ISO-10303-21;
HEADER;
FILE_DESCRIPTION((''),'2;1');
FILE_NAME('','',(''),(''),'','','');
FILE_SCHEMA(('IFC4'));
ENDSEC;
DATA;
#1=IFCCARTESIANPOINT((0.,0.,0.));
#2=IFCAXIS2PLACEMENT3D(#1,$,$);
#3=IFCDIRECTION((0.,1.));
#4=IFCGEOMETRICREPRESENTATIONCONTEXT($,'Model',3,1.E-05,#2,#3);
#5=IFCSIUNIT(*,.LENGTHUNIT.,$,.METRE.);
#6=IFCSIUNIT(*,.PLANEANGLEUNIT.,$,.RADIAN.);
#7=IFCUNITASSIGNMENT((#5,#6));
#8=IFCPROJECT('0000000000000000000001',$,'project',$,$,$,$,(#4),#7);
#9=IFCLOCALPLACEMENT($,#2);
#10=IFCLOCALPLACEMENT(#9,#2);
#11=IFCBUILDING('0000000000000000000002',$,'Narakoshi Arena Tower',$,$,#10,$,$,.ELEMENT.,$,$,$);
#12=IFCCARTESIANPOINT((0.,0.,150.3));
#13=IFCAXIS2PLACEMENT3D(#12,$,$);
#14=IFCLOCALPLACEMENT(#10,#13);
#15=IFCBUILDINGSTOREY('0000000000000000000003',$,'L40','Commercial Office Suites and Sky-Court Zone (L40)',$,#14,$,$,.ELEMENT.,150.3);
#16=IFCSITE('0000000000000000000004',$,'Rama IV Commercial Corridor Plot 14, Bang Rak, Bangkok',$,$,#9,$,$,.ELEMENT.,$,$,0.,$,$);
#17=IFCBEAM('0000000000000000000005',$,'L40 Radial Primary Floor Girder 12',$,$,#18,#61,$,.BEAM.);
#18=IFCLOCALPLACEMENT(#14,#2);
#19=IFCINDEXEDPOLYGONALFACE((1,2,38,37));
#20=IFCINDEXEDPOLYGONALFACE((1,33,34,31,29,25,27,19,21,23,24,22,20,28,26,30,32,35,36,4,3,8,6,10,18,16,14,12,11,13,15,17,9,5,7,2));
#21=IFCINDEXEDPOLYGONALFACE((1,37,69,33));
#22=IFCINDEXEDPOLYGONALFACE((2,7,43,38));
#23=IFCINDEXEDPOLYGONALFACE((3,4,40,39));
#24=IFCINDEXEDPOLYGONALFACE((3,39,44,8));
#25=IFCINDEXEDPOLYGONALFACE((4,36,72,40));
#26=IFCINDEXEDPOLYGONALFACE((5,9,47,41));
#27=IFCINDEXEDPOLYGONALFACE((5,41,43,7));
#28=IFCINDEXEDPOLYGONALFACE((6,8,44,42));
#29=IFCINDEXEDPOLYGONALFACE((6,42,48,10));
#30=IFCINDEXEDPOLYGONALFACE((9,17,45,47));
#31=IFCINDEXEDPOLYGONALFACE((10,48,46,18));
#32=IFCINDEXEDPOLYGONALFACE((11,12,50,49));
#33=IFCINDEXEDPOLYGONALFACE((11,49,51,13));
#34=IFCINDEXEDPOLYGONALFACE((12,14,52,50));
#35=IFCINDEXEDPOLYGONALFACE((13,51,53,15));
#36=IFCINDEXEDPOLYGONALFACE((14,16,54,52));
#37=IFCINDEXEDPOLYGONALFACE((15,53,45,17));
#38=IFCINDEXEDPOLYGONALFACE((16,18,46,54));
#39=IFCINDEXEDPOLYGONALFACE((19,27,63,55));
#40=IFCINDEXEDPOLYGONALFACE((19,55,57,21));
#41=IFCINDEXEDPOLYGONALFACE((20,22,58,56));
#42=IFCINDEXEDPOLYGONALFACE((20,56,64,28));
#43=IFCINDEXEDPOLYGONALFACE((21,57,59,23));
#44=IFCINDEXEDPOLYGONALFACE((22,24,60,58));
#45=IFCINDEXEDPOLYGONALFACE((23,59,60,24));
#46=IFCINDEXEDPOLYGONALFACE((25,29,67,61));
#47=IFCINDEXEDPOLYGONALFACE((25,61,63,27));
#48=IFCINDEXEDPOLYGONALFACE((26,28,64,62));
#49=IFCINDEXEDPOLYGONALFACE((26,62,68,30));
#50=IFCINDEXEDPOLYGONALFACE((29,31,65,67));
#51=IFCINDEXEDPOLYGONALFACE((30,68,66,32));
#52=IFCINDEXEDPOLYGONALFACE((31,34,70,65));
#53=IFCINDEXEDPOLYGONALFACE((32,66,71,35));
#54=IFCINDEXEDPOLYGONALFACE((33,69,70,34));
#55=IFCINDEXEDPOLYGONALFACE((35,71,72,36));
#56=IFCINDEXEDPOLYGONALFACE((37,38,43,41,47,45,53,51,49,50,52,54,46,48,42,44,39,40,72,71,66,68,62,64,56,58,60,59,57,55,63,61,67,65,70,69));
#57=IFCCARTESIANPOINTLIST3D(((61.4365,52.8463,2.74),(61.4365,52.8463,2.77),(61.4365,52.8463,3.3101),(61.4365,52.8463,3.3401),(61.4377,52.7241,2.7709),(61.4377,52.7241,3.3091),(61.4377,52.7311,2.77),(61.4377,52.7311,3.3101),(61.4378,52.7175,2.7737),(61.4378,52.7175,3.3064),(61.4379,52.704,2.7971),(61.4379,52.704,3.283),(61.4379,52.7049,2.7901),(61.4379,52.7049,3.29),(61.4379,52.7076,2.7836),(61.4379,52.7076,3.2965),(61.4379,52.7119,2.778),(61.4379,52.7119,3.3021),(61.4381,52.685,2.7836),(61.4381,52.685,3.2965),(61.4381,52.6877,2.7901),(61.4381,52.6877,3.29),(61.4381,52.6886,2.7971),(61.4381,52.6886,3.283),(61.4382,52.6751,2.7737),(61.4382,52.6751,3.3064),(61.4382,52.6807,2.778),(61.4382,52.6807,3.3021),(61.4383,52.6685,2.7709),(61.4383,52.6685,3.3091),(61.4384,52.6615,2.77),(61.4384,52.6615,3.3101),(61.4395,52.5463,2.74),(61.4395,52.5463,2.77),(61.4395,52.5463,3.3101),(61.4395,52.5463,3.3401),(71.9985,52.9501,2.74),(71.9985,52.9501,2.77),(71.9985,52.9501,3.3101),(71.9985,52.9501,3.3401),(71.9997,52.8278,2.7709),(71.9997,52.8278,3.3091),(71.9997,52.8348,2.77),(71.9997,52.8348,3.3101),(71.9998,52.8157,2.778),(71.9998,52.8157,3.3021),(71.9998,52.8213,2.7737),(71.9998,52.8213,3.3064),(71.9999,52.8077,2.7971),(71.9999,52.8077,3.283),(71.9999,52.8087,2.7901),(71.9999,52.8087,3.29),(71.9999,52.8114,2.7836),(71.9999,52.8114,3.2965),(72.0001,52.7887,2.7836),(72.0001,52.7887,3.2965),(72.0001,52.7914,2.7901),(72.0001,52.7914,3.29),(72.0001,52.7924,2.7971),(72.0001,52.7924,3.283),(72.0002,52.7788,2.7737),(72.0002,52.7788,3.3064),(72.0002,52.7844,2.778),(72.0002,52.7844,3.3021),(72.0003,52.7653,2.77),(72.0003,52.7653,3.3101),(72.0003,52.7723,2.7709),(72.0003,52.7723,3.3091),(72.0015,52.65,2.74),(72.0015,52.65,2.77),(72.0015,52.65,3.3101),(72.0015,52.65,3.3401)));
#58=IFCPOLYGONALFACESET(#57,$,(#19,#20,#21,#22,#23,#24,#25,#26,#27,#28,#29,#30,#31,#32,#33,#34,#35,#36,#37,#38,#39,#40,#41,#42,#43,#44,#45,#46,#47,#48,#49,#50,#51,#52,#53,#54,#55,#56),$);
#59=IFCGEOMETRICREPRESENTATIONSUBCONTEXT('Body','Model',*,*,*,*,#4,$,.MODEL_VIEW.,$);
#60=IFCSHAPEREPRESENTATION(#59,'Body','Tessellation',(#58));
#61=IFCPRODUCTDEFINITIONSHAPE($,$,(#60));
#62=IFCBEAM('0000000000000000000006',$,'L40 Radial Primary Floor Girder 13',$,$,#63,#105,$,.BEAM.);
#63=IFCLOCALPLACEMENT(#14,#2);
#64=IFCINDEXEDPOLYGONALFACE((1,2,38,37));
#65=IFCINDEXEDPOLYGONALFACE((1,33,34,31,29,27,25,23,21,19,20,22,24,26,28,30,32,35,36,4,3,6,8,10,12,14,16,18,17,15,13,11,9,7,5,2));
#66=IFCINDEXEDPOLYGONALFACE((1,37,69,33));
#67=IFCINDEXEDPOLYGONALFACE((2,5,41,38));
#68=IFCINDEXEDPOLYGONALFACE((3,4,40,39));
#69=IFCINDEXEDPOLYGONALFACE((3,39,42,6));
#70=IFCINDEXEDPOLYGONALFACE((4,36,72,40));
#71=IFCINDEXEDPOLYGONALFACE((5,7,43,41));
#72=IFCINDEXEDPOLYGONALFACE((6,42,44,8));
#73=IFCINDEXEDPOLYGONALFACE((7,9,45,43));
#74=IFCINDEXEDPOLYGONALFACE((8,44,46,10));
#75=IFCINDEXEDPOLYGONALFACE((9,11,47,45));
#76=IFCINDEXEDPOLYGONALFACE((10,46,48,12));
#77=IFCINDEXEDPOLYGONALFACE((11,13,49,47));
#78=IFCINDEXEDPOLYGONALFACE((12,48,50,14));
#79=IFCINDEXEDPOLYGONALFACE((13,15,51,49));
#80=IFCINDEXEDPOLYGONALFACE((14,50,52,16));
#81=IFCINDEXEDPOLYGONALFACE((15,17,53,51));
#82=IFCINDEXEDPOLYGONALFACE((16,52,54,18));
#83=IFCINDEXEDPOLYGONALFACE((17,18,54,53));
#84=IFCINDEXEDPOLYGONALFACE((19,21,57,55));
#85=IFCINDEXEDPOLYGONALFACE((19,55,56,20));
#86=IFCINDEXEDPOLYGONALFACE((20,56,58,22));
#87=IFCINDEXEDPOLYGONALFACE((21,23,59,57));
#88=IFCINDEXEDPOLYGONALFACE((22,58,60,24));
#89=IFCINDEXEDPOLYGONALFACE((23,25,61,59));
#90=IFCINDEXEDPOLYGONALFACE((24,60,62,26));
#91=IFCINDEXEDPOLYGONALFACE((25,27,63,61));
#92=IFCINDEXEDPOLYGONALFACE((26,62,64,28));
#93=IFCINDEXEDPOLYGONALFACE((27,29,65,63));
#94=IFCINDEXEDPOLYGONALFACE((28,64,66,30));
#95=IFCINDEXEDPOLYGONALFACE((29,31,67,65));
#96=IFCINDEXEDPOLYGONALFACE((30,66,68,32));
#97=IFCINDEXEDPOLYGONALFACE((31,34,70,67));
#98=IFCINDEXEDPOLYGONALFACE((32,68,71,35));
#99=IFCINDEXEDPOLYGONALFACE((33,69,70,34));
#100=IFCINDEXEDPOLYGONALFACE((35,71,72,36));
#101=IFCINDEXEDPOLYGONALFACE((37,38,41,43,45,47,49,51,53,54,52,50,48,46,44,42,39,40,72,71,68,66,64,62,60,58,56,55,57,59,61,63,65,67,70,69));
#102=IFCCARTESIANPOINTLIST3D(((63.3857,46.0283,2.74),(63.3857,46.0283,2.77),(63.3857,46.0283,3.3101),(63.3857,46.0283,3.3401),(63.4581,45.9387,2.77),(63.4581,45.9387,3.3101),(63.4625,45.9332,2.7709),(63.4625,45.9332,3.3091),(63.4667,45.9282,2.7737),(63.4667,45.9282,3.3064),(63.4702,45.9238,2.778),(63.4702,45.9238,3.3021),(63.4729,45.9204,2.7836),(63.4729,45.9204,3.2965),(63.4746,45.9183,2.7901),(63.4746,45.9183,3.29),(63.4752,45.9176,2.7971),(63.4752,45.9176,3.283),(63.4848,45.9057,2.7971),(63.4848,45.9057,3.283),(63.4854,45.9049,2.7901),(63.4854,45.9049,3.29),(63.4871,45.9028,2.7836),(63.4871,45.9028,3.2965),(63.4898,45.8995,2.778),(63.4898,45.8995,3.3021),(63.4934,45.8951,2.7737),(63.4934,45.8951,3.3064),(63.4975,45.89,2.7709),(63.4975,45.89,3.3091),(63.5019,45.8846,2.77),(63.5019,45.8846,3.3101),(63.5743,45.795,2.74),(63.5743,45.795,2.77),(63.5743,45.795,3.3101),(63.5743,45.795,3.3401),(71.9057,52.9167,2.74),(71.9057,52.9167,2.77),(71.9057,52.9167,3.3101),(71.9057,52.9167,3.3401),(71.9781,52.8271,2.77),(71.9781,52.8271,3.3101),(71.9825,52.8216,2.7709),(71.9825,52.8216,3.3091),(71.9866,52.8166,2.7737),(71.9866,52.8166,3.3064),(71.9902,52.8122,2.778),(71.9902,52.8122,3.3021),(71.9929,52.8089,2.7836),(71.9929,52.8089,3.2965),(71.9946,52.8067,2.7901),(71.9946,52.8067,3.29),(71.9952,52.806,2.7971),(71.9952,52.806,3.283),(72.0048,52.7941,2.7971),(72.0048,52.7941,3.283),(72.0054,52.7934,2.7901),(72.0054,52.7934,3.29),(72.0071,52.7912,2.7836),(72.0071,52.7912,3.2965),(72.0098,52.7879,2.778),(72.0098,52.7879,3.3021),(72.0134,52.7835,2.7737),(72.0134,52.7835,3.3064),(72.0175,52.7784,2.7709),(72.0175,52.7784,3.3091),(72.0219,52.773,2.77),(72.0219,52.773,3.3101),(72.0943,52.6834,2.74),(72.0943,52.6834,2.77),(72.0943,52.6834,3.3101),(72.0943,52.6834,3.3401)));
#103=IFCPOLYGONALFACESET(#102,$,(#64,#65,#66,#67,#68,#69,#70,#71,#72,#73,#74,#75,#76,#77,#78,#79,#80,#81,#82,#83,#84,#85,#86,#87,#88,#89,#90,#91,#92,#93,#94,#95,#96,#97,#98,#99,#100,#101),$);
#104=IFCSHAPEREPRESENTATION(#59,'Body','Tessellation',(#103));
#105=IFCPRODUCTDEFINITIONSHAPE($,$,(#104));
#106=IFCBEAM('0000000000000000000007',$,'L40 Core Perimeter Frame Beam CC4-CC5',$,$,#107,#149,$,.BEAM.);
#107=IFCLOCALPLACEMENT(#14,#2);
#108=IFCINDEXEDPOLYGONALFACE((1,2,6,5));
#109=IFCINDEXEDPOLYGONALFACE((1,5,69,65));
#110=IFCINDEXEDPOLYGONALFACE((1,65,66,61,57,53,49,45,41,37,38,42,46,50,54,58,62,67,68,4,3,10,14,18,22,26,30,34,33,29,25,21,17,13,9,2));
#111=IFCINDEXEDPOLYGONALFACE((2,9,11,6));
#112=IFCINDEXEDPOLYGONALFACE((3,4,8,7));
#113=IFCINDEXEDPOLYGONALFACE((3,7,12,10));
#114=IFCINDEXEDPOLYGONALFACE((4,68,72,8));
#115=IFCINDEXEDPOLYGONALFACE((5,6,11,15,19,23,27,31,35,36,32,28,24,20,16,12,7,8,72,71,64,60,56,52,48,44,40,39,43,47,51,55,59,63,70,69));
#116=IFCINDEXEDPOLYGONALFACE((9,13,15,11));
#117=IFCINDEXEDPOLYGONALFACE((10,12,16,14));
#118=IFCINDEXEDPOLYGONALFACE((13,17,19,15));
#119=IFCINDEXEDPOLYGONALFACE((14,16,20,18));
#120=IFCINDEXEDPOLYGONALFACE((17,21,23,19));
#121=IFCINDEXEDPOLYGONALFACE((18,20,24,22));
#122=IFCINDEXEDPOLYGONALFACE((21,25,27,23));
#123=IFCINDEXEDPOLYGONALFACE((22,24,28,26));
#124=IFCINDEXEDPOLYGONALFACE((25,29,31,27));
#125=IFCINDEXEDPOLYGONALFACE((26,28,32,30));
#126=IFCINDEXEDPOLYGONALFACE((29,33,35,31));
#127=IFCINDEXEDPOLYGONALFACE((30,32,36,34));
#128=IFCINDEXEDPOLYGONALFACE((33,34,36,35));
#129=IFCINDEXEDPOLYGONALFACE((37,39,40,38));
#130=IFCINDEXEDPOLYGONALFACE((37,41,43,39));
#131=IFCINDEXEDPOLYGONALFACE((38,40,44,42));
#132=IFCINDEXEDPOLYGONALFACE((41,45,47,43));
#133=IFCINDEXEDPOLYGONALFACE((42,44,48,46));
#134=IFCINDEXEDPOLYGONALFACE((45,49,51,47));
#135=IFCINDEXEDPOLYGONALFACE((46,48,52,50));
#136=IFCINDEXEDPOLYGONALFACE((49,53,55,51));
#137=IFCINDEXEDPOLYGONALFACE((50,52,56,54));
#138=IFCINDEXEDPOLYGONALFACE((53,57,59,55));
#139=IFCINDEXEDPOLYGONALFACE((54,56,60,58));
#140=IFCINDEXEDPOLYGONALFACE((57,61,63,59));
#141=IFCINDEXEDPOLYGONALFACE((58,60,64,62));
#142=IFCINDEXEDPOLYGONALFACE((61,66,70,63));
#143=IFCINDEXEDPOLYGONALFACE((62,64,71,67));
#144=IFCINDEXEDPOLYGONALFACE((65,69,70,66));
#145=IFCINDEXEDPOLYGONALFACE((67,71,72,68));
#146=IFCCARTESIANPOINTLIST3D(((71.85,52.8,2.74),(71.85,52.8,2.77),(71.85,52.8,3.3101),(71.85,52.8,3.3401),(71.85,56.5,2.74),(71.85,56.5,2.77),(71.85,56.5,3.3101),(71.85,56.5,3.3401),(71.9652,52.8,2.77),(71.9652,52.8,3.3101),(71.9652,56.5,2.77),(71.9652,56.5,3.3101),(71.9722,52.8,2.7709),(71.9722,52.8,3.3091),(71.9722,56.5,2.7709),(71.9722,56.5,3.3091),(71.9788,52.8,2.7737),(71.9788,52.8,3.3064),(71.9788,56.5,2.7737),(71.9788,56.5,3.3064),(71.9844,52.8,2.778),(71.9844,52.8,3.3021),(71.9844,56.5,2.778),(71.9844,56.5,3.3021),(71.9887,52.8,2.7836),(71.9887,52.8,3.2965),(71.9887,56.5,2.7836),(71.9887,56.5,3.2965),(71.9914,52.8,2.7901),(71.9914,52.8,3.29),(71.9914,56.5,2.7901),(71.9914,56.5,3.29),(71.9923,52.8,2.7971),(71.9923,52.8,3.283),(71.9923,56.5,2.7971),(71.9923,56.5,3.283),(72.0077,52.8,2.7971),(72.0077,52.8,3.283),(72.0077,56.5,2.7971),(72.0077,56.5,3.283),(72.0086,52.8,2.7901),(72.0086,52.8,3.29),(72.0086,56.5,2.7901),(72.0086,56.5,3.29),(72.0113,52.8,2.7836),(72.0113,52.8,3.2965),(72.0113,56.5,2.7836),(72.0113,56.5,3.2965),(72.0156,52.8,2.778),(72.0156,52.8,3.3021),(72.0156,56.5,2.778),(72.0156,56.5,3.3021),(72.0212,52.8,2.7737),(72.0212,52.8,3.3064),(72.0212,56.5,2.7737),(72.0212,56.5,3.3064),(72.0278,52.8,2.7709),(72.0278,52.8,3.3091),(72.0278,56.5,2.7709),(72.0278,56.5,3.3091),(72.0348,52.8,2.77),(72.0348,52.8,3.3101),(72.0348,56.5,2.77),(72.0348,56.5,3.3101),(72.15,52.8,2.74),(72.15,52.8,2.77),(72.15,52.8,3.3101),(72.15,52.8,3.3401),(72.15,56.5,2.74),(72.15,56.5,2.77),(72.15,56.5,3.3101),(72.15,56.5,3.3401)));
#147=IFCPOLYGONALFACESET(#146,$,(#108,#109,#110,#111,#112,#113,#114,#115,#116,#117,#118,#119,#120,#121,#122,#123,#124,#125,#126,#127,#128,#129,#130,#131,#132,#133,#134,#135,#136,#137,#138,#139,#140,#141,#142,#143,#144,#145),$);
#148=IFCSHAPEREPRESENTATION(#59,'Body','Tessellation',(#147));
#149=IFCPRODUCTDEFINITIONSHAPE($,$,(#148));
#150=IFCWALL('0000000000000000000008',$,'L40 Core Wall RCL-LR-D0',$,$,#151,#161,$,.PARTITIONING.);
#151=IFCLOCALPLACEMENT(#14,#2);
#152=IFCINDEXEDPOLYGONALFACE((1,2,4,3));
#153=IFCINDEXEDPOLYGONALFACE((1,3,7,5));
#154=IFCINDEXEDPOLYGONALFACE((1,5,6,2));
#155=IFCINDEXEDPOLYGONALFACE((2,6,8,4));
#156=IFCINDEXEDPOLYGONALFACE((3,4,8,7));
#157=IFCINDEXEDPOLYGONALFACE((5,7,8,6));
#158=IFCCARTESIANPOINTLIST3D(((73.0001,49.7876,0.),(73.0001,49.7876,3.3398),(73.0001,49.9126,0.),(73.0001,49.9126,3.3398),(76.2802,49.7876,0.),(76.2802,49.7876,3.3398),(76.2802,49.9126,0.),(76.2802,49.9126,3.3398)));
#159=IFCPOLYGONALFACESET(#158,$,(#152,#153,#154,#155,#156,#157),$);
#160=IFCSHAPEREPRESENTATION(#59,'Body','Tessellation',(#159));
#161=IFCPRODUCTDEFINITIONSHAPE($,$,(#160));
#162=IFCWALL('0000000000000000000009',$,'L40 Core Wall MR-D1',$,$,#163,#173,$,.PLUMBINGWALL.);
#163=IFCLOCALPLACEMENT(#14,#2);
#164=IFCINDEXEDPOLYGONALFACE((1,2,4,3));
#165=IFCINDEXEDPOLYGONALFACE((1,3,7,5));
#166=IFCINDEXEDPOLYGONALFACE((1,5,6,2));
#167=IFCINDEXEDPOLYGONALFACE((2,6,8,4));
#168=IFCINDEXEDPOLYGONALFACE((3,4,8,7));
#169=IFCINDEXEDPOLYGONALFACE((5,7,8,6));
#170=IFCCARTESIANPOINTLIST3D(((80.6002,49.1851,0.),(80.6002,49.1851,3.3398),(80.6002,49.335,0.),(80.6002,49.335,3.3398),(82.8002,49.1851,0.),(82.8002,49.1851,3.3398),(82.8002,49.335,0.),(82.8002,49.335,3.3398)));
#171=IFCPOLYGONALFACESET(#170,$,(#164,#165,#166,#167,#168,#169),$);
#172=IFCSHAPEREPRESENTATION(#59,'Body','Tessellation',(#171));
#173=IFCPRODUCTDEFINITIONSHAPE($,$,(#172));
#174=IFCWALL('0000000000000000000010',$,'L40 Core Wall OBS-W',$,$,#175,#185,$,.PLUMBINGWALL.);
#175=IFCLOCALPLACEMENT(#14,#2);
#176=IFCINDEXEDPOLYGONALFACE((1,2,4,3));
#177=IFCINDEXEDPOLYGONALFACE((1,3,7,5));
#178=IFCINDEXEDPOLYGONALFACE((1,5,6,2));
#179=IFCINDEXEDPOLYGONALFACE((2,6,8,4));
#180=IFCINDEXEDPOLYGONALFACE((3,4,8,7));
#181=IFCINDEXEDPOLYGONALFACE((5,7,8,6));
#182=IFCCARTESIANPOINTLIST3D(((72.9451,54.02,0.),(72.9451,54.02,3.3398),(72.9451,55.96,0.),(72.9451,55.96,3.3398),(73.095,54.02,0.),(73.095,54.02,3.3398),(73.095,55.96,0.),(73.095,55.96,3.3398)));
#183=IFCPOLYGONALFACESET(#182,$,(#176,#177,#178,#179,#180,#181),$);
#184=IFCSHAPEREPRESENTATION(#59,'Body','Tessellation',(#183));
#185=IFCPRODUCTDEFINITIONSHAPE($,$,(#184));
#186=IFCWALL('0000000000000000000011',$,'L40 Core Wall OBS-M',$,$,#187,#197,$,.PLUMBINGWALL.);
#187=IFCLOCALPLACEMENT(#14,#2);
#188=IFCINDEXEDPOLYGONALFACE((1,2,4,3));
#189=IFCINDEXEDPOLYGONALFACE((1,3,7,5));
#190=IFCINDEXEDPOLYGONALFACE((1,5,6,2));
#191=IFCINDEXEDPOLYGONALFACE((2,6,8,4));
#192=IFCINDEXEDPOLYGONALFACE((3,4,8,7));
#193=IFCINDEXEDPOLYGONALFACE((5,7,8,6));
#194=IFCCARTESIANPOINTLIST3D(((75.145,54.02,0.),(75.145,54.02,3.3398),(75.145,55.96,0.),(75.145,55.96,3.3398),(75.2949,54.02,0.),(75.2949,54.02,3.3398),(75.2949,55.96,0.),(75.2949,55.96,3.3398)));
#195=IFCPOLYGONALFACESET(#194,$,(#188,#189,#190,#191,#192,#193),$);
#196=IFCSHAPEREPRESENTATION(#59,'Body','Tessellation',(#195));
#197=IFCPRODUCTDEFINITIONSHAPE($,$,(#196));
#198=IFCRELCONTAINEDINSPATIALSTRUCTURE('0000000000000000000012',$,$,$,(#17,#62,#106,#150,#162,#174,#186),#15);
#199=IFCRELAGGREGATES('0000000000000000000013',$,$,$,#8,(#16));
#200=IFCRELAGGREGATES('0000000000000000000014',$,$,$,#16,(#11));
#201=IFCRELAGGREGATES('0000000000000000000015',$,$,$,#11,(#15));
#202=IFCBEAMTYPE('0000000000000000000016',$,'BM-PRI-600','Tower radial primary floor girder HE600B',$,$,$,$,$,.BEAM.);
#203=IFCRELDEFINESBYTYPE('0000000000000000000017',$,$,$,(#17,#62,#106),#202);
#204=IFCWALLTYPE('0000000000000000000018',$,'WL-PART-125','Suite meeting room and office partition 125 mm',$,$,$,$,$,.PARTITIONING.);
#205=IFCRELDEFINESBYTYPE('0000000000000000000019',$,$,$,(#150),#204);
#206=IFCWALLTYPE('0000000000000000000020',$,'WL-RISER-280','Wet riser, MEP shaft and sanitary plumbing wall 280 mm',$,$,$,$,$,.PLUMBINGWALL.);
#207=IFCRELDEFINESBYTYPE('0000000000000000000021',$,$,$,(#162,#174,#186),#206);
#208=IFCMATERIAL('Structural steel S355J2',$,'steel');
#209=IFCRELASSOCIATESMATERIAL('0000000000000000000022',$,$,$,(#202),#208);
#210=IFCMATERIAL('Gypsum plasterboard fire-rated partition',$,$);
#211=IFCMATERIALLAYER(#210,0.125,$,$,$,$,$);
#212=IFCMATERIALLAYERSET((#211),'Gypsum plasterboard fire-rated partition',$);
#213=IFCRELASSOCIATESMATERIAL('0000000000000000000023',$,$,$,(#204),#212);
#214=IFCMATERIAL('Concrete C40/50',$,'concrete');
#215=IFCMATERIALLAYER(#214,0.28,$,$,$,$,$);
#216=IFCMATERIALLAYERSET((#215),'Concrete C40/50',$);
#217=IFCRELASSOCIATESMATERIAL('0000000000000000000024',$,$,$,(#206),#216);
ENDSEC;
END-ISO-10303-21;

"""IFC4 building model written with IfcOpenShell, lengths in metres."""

from ifc_helpers import new_model, si_unit, direction, frame, frame_2d, origin, origin_2d, place, context, subcontext, project, spatial, rectangle, i_section, extrude, material, layer, layer_set, material_profile, profile_set, type_object, element, save


model = new_model("IFC4")

# Units and contexts
model_context = context("Model", 3, precision=1e-05, world=origin(), true_north=direction((0.0, 1.0)))
body_context = subcontext(model_context, "Body", "Model", "MODEL_VIEW")
ifc_project = project(units=[si_unit("LENGTHUNIT", "METRE"), si_unit("PLANEANGLEUNIT", "RADIAN")], contexts=[model_context])

# Site, building, storey
site_placement = place(None, origin())
site = spatial("IfcSite", under=ifc_project, at=site_placement, Name="Rama IV Commercial Corridor Plot 14, Bang Rak, Bangkok", CompositionType="ELEMENT", RefElevation=0.0)
building_placement = place(site_placement, origin())
building = spatial("IfcBuilding", under=site, at=building_placement, Name="Narakoshi Arena Tower", CompositionType="ELEMENT")
storey_placement = place(building_placement, frame((0.0, 0.0, 150.3)))
storey = spatial("IfcBuildingStorey", under=building, at=storey_placement, Name="L40", Description="Commercial Office Suites and Sky-Court Zone (L40)", CompositionType="ELEMENT", Elevation=150.3)

# Beams
ifc_material_1 = material(Name="Structural steel S355J2", Category="steel")
ifc_material_profile = material_profile(ifc_material_1, i_section(OverallWidth=0.3, OverallDepth=0.6001, WebThickness=0.0154, FlangeThickness=0.03, FilletRadius=0.0271, at=origin_2d()), Name="HE600B")
ifc_profile_set = profile_set([ifc_material_profile], Name="Structural steel S355J2")
beam_type = type_object("IfcBeamType", Name="BM-PRI-600", Description="Tower radial primary floor girder HE600B", PredefinedType="BEAM", material=ifc_profile_set)
beam_1_placement = place(storey_placement, frame((72.0, 52.8, 3.04), z_axis=(-0.999952, -0.009823, 0.0), x_axis=(0.009823, -0.999952, 0.0)))
element("IfcBeam", 1, at=beam_1_placement, inside=storey, type_object=beam_type, Name="L40 Radial Primary Floor Girder 12", PredefinedType="BEAM", context=body_context, shape_type="SweptSolid", body=[
    extrude(i_section(OverallWidth=0.3, OverallDepth=0.6001, WebThickness=0.0154, FlangeThickness=0.03, FilletRadius=0.0271, at=origin_2d()), origin(), (0.0, 0.0, 1.0), 10.5625),
])
beam_2_placement = place(storey_placement, frame((72.0, 52.8, 3.04), z_axis=(-0.777634, -0.628717, 0.0), x_axis=(0.628717, -0.777634, 0.0)))
element("IfcBeam", 2, at=beam_2_placement, inside=storey, type_object=beam_type, Name="L40 Radial Primary Floor Girder 13", PredefinedType="BEAM", context=body_context, shape_type="SweptSolid", body=[
    extrude(i_section(OverallWidth=0.3, OverallDepth=0.6001, WebThickness=0.0154, FlangeThickness=0.03, FilletRadius=0.0271, at=origin_2d()), origin(), (0.0, 0.0, 1.0), 10.9563),
])
beam_3_placement = place(storey_placement, frame((72.0, 52.8, 3.04), z_axis=(0.0, 1.0, 0.0), x_axis=(-1.0, 0.0, 0.0)))
element("IfcBeam", 3, at=beam_3_placement, inside=storey, type_object=beam_type, Name="L40 Core Perimeter Frame Beam CC4-CC5", PredefinedType="BEAM", context=body_context, shape_type="SweptSolid", body=[
    extrude(i_section(OverallWidth=0.3, OverallDepth=0.6001, WebThickness=0.0154, FlangeThickness=0.03, FilletRadius=0.0271, at=origin_2d()), origin(), (0.0, 0.0, 1.0), 3.7),
])

# Walls
ifc_material_2 = material(Name="Gypsum plasterboard fire-rated partition")
ifc_layer_1 = layer(ifc_material_2, 0.125)
ifc_layer_set_1 = layer_set([ifc_layer_1], Name="Gypsum plasterboard fire-rated partition")
wall_type_1 = type_object("IfcWallType", Name="WL-PART-125", Description="Suite meeting room and office partition 125 mm", PredefinedType="PARTITIONING", material=ifc_layer_set_1)
wall_1_placement = place(storey_placement, frame((73.0, 49.8501, 0.0), z_axis=(0.0, 0.0, 1.0), x_axis=(1.0, 0.0, 0.0)))
element("IfcWall", 4, at=wall_1_placement, inside=storey, type_object=wall_type_1, Name="L40 Core Wall RCL-LR-D0", PredefinedType="PARTITIONING", context=body_context, shape_type="SweptSolid", body=[
    extrude(rectangle(XDim=3.28, YDim=0.125, at=frame_2d((1.6401, 0.0))), origin(), (0.0, 0.0, 1.0), 3.3398),
])
ifc_material_3 = material(Name="Concrete C40/50", Category="concrete")
ifc_layer_2 = layer(ifc_material_3, 0.28)
ifc_layer_set_2 = layer_set([ifc_layer_2], Name="Concrete C40/50")
wall_type_2 = type_object("IfcWallType", Name="WL-RISER-280", Description="Wet riser, MEP shaft and sanitary plumbing wall 280 mm", PredefinedType="PLUMBINGWALL", material=ifc_layer_set_2)
wall_2_placement = place(storey_placement, frame((80.6001, 49.26, 0.0), z_axis=(0.0, 0.0, 1.0), x_axis=(1.0, 0.0, 0.0)))
element("IfcWall", 5, at=wall_2_placement, inside=storey, type_object=wall_type_2, Name="L40 Core Wall MR-D1", PredefinedType="PLUMBINGWALL", context=body_context, shape_type="SweptSolid", body=[
    extrude(rectangle(XDim=2.2, YDim=0.1499, at=frame_2d((1.1001, 0.0))), origin(), (0.0, 0.0, 1.0), 3.3398),
])
for number, where, z_axis, x_axis, name in (
    (6, (73.02, 54.02, 0.0), (0.0, 0.0, 1.0), (0.0, 1.0, 0.0), "L40 Core Wall OBS-W"),
    (7, (75.22, 54.02, 0.0), (0.0, 0.0, 1.0), (0.0, 1.0, 0.0), "L40 Core Wall OBS-M"),
):
    element("IfcWall", number, at=place(storey_placement, frame(where, z_axis=z_axis, x_axis=x_axis)), inside=storey, type_object=wall_type_2, Name=name, PredefinedType="PLUMBINGWALL", context=body_context, shape_type="SweptSolid", body=[
        extrude(rectangle(XDim=1.9399, YDim=0.1499, at=frame_2d((0.97, 0.0))), origin(), (0.0, 0.0, 1.0), 3.3398),
    ])

save(model, "model.ifc")
